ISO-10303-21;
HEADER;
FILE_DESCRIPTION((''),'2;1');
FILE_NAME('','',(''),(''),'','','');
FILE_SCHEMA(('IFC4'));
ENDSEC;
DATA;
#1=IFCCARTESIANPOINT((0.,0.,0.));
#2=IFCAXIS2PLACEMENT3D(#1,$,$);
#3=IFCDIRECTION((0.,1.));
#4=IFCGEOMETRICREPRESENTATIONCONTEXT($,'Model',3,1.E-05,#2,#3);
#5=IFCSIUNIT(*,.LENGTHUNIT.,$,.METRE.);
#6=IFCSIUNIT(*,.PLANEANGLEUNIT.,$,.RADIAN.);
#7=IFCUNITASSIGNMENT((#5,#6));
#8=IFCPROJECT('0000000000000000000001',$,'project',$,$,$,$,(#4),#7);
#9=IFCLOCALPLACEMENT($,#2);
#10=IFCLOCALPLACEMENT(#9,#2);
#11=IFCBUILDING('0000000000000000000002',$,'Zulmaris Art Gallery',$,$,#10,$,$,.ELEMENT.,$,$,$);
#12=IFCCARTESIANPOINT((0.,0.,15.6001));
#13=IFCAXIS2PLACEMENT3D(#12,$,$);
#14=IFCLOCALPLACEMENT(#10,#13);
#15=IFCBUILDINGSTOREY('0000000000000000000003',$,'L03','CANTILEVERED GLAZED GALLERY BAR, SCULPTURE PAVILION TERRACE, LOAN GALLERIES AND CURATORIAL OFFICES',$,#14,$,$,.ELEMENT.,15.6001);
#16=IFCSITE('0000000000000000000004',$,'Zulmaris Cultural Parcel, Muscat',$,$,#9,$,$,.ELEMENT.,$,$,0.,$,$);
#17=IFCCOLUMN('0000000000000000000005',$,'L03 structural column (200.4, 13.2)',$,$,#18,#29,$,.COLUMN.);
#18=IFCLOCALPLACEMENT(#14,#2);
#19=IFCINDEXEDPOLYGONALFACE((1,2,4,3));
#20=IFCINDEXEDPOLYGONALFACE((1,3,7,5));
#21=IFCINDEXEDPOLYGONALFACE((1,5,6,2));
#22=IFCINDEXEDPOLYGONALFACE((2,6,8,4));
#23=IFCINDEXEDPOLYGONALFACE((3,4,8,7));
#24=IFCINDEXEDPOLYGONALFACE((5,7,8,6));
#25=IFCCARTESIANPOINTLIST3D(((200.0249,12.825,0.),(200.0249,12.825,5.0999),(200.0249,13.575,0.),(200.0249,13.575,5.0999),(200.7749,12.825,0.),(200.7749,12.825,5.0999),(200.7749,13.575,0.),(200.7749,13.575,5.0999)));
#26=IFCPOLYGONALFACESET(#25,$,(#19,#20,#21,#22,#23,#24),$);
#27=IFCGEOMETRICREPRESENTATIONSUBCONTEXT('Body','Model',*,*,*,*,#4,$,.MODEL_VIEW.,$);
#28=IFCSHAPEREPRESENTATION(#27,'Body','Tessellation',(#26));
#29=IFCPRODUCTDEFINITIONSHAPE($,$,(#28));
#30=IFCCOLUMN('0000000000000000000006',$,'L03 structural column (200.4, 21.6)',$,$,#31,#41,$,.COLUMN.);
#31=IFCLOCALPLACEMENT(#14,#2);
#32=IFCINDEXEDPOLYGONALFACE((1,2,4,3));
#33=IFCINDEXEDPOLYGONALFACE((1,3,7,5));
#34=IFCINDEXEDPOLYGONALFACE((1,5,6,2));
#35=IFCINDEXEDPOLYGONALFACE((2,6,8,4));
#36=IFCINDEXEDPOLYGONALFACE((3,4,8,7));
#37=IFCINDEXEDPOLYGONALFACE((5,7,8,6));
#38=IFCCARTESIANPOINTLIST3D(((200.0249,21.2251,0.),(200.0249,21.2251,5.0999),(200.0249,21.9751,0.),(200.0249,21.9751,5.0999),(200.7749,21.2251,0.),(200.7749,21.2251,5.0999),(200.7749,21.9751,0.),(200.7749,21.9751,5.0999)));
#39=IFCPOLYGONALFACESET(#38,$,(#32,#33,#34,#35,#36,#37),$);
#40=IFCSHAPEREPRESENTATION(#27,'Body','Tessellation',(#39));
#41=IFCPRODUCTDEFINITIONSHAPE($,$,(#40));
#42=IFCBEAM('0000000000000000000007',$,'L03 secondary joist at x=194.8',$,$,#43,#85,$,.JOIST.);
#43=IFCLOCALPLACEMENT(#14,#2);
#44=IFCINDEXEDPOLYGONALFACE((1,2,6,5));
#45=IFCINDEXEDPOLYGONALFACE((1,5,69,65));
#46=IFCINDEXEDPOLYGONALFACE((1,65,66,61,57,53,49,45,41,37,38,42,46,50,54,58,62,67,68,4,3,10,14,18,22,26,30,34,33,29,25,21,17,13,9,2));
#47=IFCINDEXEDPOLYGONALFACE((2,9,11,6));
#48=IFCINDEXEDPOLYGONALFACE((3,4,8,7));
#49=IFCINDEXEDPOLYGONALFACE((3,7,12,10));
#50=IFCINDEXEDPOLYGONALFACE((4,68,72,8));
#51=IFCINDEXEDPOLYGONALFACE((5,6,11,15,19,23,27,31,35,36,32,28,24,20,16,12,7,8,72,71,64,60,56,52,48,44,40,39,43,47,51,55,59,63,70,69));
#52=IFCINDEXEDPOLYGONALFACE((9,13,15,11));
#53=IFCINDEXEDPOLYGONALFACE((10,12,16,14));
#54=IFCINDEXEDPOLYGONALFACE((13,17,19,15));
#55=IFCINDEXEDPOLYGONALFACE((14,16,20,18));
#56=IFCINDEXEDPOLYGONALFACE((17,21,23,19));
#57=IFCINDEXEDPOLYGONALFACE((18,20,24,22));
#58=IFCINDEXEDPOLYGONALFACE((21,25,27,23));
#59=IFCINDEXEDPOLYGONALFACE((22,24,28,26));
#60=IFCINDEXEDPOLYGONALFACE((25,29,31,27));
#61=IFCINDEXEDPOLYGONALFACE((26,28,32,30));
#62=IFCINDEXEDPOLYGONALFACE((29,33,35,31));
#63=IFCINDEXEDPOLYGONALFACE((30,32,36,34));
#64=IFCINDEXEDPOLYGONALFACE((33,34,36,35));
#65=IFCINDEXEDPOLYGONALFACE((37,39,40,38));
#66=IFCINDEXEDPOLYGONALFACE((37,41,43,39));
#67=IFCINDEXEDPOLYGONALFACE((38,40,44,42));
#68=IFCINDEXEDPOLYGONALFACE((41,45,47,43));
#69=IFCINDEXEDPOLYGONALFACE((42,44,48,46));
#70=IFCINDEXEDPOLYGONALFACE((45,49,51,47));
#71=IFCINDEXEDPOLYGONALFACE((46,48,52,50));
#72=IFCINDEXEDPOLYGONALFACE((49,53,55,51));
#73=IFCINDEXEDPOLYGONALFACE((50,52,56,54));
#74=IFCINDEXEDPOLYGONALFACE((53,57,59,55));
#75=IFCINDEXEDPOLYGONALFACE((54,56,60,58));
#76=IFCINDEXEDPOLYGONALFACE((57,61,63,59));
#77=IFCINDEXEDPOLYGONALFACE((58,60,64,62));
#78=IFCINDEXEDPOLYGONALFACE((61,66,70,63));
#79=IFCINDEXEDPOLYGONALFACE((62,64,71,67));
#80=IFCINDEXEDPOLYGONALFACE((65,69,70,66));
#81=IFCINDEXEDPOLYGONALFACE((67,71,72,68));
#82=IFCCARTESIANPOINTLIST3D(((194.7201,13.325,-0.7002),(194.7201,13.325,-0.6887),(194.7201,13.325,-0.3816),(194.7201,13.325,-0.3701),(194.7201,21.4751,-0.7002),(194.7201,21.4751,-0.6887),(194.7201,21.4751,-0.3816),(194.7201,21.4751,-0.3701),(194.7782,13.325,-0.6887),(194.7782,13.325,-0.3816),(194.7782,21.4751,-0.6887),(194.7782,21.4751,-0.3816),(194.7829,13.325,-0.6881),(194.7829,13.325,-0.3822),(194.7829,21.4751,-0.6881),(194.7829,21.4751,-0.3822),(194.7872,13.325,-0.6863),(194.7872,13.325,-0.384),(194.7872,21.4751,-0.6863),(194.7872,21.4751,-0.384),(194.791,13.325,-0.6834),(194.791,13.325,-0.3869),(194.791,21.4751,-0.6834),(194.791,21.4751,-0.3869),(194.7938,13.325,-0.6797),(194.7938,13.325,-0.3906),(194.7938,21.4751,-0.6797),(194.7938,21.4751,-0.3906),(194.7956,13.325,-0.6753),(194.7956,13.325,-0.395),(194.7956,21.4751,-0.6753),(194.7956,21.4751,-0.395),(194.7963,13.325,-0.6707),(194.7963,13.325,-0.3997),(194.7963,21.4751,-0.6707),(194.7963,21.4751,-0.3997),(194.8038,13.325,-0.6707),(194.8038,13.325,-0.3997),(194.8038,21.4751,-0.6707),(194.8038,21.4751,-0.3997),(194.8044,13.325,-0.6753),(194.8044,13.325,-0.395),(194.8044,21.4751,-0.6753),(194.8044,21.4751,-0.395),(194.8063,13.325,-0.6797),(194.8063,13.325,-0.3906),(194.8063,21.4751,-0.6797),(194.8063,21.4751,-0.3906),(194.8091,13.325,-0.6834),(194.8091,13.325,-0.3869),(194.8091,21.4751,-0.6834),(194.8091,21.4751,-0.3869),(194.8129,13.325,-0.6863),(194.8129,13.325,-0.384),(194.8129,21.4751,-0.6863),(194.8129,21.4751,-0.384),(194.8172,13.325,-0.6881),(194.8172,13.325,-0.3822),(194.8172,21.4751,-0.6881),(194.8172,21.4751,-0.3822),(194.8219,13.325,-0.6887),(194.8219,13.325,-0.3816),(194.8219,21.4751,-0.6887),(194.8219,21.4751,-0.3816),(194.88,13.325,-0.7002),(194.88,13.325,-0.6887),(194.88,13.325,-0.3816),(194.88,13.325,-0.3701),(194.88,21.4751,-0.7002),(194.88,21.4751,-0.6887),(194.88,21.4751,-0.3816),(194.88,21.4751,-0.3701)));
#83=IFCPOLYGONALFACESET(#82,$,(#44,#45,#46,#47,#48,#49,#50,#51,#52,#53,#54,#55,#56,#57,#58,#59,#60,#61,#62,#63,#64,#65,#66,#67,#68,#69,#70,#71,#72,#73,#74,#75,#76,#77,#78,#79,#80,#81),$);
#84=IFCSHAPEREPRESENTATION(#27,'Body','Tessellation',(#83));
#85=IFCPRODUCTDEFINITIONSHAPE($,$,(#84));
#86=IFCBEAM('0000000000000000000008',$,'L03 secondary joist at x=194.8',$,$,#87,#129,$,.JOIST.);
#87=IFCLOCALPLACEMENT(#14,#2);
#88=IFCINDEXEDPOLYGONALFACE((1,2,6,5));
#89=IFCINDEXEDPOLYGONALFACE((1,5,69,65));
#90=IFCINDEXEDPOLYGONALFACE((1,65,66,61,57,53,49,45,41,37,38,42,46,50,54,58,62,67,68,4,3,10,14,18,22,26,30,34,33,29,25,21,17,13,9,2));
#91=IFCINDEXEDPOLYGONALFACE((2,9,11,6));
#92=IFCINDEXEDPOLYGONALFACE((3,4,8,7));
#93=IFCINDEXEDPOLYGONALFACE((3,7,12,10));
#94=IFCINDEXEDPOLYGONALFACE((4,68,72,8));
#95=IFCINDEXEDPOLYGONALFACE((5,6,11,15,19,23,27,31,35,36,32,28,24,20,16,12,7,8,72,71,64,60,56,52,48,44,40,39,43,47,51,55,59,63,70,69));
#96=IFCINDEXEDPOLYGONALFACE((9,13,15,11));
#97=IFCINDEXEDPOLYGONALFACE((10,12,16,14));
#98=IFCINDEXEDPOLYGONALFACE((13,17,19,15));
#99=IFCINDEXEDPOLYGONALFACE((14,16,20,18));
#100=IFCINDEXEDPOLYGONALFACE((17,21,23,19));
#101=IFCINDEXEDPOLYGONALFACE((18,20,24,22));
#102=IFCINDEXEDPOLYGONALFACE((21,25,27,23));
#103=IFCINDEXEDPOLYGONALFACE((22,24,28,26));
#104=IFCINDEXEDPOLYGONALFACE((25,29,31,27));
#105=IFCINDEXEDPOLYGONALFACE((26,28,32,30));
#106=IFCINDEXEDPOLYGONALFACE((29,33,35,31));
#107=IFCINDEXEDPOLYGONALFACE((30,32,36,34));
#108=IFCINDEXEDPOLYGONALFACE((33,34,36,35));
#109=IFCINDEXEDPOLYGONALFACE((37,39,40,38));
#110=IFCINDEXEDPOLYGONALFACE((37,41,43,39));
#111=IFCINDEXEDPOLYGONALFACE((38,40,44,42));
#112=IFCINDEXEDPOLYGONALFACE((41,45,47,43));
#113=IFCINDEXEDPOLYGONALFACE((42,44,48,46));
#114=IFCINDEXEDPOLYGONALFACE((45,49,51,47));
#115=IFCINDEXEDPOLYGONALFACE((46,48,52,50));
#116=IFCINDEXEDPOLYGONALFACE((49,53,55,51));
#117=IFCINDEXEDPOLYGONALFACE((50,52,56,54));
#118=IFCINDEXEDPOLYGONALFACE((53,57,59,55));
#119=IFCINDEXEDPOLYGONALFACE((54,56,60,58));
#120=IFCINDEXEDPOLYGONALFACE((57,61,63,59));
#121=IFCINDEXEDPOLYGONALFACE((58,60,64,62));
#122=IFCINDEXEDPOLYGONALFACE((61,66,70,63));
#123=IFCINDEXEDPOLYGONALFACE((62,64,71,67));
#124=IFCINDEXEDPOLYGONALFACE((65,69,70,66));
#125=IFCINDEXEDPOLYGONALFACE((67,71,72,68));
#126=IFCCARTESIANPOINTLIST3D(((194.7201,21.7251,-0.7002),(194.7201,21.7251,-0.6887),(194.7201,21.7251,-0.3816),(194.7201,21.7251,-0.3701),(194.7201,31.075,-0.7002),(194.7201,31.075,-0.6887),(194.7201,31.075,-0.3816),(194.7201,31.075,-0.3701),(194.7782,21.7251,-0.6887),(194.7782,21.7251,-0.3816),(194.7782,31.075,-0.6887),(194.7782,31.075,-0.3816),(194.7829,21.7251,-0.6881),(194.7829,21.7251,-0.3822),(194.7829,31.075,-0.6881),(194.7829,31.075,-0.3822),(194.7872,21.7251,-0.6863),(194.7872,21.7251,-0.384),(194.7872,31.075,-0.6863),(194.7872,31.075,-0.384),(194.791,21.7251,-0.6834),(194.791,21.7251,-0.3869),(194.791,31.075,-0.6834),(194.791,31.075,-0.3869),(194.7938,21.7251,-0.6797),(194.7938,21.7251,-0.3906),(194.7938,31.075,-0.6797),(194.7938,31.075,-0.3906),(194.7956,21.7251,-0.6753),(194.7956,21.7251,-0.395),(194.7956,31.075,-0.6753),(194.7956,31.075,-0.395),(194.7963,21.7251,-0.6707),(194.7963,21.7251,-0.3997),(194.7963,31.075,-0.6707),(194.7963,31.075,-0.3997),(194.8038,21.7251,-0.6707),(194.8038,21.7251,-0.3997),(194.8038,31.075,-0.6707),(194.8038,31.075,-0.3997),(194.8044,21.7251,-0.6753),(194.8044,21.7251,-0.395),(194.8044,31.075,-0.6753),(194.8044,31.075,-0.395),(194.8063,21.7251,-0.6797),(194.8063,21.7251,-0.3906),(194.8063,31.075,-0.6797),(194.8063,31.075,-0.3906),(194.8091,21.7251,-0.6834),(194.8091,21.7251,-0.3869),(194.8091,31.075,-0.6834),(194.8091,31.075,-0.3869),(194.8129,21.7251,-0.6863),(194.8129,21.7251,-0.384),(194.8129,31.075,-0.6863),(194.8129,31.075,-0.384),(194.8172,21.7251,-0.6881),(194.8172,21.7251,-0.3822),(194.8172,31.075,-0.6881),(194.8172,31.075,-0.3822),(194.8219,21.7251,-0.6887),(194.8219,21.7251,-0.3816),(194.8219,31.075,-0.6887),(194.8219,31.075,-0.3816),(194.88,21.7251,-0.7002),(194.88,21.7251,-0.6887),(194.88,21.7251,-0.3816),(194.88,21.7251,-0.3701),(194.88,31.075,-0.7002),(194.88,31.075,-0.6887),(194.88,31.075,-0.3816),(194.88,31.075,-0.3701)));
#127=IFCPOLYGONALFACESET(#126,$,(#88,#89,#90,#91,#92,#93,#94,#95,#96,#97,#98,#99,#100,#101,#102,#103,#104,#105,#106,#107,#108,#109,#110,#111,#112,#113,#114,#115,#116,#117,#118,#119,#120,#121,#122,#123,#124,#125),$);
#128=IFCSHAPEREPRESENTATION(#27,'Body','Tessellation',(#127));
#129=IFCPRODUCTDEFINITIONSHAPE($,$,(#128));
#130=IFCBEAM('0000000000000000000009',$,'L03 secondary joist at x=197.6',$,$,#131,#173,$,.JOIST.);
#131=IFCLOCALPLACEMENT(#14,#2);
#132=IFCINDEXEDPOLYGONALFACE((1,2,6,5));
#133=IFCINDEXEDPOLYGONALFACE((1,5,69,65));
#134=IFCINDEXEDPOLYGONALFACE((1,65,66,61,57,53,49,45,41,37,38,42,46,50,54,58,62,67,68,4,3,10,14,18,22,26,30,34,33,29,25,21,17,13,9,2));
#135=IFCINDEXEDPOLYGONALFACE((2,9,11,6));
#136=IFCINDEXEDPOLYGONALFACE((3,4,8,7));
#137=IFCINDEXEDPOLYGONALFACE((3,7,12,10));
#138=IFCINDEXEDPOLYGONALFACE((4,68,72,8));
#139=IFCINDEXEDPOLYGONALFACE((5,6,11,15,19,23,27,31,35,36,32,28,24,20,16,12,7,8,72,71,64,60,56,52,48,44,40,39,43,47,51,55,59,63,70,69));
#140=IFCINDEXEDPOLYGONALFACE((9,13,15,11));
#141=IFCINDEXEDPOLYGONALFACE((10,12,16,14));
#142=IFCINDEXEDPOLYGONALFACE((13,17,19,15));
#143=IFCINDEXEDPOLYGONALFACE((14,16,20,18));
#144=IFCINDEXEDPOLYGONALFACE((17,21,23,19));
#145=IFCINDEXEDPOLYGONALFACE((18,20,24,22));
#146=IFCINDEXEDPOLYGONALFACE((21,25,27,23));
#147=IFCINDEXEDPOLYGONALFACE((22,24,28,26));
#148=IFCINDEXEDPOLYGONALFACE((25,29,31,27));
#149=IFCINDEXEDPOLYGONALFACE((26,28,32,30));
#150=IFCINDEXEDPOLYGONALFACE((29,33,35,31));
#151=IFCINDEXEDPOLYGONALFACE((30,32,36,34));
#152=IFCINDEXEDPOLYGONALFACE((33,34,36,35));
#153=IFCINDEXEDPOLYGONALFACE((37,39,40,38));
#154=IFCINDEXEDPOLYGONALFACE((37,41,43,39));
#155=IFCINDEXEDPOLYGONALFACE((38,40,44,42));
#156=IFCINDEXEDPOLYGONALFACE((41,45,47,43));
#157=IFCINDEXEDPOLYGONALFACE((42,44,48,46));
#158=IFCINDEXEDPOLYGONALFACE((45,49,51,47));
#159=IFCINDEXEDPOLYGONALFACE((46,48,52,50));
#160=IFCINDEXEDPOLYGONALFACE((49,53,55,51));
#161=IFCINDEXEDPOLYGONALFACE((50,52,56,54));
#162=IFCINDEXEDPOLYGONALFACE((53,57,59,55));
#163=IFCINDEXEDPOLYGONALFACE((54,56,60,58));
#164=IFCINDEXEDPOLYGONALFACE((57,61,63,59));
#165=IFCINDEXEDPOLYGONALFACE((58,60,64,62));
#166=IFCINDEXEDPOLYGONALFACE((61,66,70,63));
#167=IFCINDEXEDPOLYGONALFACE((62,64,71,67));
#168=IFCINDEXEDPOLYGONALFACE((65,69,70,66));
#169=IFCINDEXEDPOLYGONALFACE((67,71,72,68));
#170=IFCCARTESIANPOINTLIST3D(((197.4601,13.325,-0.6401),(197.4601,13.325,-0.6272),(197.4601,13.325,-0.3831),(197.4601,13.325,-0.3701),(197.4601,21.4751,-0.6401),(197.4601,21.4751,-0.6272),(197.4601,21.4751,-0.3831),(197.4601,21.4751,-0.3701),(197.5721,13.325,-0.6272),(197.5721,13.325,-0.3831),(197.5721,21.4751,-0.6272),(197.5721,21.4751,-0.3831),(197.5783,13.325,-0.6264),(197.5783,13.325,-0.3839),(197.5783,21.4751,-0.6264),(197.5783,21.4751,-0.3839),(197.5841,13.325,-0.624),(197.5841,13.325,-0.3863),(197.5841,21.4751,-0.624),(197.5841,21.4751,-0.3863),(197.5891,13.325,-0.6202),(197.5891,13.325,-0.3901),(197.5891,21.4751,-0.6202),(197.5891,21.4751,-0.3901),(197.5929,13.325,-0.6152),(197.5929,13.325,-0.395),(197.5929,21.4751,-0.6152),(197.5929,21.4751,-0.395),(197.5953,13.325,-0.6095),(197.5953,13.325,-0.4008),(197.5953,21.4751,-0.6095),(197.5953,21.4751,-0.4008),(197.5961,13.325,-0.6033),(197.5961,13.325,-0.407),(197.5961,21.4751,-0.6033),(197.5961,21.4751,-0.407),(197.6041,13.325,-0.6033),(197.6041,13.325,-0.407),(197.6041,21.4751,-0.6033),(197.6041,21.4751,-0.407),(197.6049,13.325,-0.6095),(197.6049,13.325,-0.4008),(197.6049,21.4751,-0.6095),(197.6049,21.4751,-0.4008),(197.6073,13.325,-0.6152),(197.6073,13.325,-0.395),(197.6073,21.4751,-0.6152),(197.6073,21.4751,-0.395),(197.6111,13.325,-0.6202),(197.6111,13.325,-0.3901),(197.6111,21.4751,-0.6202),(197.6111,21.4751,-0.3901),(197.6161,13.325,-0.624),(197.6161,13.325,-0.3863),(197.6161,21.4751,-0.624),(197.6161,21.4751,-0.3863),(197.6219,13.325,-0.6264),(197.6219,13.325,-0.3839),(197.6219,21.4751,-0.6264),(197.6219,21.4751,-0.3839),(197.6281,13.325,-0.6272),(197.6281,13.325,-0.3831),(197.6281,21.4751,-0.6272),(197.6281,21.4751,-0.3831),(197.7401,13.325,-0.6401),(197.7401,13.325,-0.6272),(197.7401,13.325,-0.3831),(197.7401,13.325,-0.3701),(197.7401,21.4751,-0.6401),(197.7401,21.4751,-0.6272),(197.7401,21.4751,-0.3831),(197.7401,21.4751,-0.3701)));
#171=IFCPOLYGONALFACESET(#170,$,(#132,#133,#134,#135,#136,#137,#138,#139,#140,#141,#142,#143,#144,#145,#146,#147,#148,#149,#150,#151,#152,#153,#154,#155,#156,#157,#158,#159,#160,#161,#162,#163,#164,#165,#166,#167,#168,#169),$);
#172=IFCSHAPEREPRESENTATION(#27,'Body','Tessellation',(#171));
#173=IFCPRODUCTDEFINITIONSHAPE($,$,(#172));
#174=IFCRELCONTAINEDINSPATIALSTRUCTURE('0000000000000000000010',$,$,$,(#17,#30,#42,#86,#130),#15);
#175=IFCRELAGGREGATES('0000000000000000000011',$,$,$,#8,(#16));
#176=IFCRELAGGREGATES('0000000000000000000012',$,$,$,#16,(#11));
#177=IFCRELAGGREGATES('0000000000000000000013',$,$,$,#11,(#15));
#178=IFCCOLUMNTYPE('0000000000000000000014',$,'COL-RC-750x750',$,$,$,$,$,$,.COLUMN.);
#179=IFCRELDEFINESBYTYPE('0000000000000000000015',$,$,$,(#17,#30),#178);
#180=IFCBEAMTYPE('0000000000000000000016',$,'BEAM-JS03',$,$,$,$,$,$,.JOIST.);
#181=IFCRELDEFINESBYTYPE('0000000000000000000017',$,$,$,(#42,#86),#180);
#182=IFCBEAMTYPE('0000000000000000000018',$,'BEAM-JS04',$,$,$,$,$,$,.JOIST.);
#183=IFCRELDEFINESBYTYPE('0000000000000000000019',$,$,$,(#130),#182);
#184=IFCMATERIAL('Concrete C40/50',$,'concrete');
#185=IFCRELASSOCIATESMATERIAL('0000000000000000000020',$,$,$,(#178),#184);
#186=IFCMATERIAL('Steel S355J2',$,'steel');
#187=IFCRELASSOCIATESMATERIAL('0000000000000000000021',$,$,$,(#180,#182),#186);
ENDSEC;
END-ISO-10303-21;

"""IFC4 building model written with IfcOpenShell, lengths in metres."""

from ifc_helpers import new_model, si_unit, direction, frame, origin, origin_2d, place, context, subcontext, project, spatial, rectangle, i_section, extrude, material, material_profile, profile_set, type_object, element, save


model = new_model("IFC4")

# Units and contexts
model_context = context("Model", 3, precision=1e-05, world=origin(), true_north=direction((0.0, 1.0)))
body_context = subcontext(model_context, "Body", "Model", "MODEL_VIEW")
ifc_project = project(units=[si_unit("LENGTHUNIT", "METRE"), si_unit("PLANEANGLEUNIT", "RADIAN")], contexts=[model_context])

# Site, building, storey
site_placement = place(None, origin())
site = spatial("IfcSite", under=ifc_project, at=site_placement, Name="Zulmaris Cultural Parcel, Muscat", CompositionType="ELEMENT", RefElevation=0.0)
building_placement = place(site_placement, origin())
building = spatial("IfcBuilding", under=site, at=building_placement, Name="Zulmaris Art Gallery", CompositionType="ELEMENT")
storey_placement = place(building_placement, frame((0.0, 0.0, 15.6001)))
storey = spatial("IfcBuildingStorey", under=building, at=storey_placement, Name="L03", Description="CANTILEVERED GLAZED GALLERY BAR, SCULPTURE PAVILION TERRACE, LOAN GALLERIES AND CURATORIAL OFFICES", CompositionType="ELEMENT", Elevation=15.6001)

# Columns
ifc_material_1 = material(Name="Concrete C40/50", Category="concrete")
ifc_material_profile_1 = material_profile(ifc_material_1, rectangle(XDim=0.75, YDim=0.75, at=origin_2d()), Name="RC 750x750")
ifc_profile_set_1 = profile_set([ifc_material_profile_1], Name="Concrete C40/50")
column_type = type_object("IfcColumnType", Name="COL-RC-750x750", PredefinedType="COLUMN", material=ifc_profile_set_1)
for number, where, z_axis, x_axis, name in (
    (1, (200.3999, 13.2, 0.0), (0.0, 0.0, 1.0), (1.0, 0.0, 0.0), "L03 structural column (200.4, 13.2)"),
    (2, (200.3999, 21.6001, 0.0), (0.0, 0.0, 1.0), (1.0, 0.0, 0.0), "L03 structural column (200.4, 21.6)"),
):
    element("IfcColumn", number, at=place(storey_placement, frame(where, z_axis=z_axis, x_axis=x_axis)), inside=storey, type_object=column_type, Name=name, PredefinedType="COLUMN", context=body_context, shape_type="SweptSolid", body=[
        extrude(rectangle(XDim=0.75, YDim=0.75, at=origin_2d()), origin(), (0.0, 0.0, 1.0), 5.0999),
    ])

# Beams
ifc_material_2 = material(Name="Steel S355J2", Category="steel")
ifc_material_profile_2 = material_profile(ifc_material_2, i_section(OverallWidth=0.1599, OverallDepth=0.3301, WebThickness=0.0076, FlangeThickness=0.0115, FilletRadius=0.0181, at=origin_2d()), Name="IPE 330")
ifc_profile_set_2 = profile_set([ifc_material_profile_2], Name="Steel S355J2")
beam_type_1 = type_object("IfcBeamType", Name="BEAM-JS03", PredefinedType="JOIST", material=ifc_profile_set_2)
beam_1_placement = place(storey_placement, frame((194.8, 13.325, -0.5352), z_axis=(0.0, 1.0, 0.0), x_axis=(-1.0, 0.0, 0.0)))
element("IfcBeam", 3, at=beam_1_placement, inside=storey, type_object=beam_type_1, Name="L03 secondary joist at x=194.8", PredefinedType="JOIST", context=body_context, shape_type="SweptSolid", body=[
    extrude(i_section(OverallWidth=0.1599, OverallDepth=0.3301, WebThickness=0.0076, FlangeThickness=0.0115, FilletRadius=0.0181, at=origin_2d()), origin(), (0.0, 0.0, 1.0), 8.1501),
])
beam_2_placement = place(storey_placement, frame((194.8, 21.7251, -0.5352), z_axis=(0.0, 1.0, 0.0), x_axis=(-1.0, 0.0, 0.0)))
element("IfcBeam", 4, at=beam_2_placement, inside=storey, type_object=beam_type_1, Name="L03 secondary joist at x=194.8", PredefinedType="JOIST", context=body_context, shape_type="SweptSolid", body=[
    extrude(i_section(OverallWidth=0.1599, OverallDepth=0.3301, WebThickness=0.0076, FlangeThickness=0.0115, FilletRadius=0.0181, at=origin_2d()), origin(), (0.0, 0.0, 1.0), 9.3499),
])
ifc_material_profile_3 = material_profile(ifc_material_2, i_section(OverallWidth=0.28, OverallDepth=0.27, WebThickness=0.0081, FlangeThickness=0.0129, FilletRadius=0.0239, at=origin_2d()), Name="HEA 280")
ifc_profile_set_3 = profile_set([ifc_material_profile_3], Name="Steel S355J2")
beam_type_2 = type_object("IfcBeamType", Name="BEAM-JS04", PredefinedType="JOIST", material=ifc_profile_set_3)
beam_3_placement = place(storey_placement, frame((197.6001, 13.325, -0.5051), z_axis=(0.0, 1.0, 0.0), x_axis=(-1.0, 0.0, 0.0)))
element("IfcBeam", 5, at=beam_3_placement, inside=storey, type_object=beam_type_2, Name="L03 secondary joist at x=197.6", PredefinedType="JOIST", context=body_context, shape_type="SweptSolid", body=[
    extrude(i_section(OverallWidth=0.28, OverallDepth=0.27, WebThickness=0.0081, FlangeThickness=0.0129, FilletRadius=0.0239, at=origin_2d()), origin(), (0.0, 0.0, 1.0), 8.1501),
])

save(model, "model.ifc")
